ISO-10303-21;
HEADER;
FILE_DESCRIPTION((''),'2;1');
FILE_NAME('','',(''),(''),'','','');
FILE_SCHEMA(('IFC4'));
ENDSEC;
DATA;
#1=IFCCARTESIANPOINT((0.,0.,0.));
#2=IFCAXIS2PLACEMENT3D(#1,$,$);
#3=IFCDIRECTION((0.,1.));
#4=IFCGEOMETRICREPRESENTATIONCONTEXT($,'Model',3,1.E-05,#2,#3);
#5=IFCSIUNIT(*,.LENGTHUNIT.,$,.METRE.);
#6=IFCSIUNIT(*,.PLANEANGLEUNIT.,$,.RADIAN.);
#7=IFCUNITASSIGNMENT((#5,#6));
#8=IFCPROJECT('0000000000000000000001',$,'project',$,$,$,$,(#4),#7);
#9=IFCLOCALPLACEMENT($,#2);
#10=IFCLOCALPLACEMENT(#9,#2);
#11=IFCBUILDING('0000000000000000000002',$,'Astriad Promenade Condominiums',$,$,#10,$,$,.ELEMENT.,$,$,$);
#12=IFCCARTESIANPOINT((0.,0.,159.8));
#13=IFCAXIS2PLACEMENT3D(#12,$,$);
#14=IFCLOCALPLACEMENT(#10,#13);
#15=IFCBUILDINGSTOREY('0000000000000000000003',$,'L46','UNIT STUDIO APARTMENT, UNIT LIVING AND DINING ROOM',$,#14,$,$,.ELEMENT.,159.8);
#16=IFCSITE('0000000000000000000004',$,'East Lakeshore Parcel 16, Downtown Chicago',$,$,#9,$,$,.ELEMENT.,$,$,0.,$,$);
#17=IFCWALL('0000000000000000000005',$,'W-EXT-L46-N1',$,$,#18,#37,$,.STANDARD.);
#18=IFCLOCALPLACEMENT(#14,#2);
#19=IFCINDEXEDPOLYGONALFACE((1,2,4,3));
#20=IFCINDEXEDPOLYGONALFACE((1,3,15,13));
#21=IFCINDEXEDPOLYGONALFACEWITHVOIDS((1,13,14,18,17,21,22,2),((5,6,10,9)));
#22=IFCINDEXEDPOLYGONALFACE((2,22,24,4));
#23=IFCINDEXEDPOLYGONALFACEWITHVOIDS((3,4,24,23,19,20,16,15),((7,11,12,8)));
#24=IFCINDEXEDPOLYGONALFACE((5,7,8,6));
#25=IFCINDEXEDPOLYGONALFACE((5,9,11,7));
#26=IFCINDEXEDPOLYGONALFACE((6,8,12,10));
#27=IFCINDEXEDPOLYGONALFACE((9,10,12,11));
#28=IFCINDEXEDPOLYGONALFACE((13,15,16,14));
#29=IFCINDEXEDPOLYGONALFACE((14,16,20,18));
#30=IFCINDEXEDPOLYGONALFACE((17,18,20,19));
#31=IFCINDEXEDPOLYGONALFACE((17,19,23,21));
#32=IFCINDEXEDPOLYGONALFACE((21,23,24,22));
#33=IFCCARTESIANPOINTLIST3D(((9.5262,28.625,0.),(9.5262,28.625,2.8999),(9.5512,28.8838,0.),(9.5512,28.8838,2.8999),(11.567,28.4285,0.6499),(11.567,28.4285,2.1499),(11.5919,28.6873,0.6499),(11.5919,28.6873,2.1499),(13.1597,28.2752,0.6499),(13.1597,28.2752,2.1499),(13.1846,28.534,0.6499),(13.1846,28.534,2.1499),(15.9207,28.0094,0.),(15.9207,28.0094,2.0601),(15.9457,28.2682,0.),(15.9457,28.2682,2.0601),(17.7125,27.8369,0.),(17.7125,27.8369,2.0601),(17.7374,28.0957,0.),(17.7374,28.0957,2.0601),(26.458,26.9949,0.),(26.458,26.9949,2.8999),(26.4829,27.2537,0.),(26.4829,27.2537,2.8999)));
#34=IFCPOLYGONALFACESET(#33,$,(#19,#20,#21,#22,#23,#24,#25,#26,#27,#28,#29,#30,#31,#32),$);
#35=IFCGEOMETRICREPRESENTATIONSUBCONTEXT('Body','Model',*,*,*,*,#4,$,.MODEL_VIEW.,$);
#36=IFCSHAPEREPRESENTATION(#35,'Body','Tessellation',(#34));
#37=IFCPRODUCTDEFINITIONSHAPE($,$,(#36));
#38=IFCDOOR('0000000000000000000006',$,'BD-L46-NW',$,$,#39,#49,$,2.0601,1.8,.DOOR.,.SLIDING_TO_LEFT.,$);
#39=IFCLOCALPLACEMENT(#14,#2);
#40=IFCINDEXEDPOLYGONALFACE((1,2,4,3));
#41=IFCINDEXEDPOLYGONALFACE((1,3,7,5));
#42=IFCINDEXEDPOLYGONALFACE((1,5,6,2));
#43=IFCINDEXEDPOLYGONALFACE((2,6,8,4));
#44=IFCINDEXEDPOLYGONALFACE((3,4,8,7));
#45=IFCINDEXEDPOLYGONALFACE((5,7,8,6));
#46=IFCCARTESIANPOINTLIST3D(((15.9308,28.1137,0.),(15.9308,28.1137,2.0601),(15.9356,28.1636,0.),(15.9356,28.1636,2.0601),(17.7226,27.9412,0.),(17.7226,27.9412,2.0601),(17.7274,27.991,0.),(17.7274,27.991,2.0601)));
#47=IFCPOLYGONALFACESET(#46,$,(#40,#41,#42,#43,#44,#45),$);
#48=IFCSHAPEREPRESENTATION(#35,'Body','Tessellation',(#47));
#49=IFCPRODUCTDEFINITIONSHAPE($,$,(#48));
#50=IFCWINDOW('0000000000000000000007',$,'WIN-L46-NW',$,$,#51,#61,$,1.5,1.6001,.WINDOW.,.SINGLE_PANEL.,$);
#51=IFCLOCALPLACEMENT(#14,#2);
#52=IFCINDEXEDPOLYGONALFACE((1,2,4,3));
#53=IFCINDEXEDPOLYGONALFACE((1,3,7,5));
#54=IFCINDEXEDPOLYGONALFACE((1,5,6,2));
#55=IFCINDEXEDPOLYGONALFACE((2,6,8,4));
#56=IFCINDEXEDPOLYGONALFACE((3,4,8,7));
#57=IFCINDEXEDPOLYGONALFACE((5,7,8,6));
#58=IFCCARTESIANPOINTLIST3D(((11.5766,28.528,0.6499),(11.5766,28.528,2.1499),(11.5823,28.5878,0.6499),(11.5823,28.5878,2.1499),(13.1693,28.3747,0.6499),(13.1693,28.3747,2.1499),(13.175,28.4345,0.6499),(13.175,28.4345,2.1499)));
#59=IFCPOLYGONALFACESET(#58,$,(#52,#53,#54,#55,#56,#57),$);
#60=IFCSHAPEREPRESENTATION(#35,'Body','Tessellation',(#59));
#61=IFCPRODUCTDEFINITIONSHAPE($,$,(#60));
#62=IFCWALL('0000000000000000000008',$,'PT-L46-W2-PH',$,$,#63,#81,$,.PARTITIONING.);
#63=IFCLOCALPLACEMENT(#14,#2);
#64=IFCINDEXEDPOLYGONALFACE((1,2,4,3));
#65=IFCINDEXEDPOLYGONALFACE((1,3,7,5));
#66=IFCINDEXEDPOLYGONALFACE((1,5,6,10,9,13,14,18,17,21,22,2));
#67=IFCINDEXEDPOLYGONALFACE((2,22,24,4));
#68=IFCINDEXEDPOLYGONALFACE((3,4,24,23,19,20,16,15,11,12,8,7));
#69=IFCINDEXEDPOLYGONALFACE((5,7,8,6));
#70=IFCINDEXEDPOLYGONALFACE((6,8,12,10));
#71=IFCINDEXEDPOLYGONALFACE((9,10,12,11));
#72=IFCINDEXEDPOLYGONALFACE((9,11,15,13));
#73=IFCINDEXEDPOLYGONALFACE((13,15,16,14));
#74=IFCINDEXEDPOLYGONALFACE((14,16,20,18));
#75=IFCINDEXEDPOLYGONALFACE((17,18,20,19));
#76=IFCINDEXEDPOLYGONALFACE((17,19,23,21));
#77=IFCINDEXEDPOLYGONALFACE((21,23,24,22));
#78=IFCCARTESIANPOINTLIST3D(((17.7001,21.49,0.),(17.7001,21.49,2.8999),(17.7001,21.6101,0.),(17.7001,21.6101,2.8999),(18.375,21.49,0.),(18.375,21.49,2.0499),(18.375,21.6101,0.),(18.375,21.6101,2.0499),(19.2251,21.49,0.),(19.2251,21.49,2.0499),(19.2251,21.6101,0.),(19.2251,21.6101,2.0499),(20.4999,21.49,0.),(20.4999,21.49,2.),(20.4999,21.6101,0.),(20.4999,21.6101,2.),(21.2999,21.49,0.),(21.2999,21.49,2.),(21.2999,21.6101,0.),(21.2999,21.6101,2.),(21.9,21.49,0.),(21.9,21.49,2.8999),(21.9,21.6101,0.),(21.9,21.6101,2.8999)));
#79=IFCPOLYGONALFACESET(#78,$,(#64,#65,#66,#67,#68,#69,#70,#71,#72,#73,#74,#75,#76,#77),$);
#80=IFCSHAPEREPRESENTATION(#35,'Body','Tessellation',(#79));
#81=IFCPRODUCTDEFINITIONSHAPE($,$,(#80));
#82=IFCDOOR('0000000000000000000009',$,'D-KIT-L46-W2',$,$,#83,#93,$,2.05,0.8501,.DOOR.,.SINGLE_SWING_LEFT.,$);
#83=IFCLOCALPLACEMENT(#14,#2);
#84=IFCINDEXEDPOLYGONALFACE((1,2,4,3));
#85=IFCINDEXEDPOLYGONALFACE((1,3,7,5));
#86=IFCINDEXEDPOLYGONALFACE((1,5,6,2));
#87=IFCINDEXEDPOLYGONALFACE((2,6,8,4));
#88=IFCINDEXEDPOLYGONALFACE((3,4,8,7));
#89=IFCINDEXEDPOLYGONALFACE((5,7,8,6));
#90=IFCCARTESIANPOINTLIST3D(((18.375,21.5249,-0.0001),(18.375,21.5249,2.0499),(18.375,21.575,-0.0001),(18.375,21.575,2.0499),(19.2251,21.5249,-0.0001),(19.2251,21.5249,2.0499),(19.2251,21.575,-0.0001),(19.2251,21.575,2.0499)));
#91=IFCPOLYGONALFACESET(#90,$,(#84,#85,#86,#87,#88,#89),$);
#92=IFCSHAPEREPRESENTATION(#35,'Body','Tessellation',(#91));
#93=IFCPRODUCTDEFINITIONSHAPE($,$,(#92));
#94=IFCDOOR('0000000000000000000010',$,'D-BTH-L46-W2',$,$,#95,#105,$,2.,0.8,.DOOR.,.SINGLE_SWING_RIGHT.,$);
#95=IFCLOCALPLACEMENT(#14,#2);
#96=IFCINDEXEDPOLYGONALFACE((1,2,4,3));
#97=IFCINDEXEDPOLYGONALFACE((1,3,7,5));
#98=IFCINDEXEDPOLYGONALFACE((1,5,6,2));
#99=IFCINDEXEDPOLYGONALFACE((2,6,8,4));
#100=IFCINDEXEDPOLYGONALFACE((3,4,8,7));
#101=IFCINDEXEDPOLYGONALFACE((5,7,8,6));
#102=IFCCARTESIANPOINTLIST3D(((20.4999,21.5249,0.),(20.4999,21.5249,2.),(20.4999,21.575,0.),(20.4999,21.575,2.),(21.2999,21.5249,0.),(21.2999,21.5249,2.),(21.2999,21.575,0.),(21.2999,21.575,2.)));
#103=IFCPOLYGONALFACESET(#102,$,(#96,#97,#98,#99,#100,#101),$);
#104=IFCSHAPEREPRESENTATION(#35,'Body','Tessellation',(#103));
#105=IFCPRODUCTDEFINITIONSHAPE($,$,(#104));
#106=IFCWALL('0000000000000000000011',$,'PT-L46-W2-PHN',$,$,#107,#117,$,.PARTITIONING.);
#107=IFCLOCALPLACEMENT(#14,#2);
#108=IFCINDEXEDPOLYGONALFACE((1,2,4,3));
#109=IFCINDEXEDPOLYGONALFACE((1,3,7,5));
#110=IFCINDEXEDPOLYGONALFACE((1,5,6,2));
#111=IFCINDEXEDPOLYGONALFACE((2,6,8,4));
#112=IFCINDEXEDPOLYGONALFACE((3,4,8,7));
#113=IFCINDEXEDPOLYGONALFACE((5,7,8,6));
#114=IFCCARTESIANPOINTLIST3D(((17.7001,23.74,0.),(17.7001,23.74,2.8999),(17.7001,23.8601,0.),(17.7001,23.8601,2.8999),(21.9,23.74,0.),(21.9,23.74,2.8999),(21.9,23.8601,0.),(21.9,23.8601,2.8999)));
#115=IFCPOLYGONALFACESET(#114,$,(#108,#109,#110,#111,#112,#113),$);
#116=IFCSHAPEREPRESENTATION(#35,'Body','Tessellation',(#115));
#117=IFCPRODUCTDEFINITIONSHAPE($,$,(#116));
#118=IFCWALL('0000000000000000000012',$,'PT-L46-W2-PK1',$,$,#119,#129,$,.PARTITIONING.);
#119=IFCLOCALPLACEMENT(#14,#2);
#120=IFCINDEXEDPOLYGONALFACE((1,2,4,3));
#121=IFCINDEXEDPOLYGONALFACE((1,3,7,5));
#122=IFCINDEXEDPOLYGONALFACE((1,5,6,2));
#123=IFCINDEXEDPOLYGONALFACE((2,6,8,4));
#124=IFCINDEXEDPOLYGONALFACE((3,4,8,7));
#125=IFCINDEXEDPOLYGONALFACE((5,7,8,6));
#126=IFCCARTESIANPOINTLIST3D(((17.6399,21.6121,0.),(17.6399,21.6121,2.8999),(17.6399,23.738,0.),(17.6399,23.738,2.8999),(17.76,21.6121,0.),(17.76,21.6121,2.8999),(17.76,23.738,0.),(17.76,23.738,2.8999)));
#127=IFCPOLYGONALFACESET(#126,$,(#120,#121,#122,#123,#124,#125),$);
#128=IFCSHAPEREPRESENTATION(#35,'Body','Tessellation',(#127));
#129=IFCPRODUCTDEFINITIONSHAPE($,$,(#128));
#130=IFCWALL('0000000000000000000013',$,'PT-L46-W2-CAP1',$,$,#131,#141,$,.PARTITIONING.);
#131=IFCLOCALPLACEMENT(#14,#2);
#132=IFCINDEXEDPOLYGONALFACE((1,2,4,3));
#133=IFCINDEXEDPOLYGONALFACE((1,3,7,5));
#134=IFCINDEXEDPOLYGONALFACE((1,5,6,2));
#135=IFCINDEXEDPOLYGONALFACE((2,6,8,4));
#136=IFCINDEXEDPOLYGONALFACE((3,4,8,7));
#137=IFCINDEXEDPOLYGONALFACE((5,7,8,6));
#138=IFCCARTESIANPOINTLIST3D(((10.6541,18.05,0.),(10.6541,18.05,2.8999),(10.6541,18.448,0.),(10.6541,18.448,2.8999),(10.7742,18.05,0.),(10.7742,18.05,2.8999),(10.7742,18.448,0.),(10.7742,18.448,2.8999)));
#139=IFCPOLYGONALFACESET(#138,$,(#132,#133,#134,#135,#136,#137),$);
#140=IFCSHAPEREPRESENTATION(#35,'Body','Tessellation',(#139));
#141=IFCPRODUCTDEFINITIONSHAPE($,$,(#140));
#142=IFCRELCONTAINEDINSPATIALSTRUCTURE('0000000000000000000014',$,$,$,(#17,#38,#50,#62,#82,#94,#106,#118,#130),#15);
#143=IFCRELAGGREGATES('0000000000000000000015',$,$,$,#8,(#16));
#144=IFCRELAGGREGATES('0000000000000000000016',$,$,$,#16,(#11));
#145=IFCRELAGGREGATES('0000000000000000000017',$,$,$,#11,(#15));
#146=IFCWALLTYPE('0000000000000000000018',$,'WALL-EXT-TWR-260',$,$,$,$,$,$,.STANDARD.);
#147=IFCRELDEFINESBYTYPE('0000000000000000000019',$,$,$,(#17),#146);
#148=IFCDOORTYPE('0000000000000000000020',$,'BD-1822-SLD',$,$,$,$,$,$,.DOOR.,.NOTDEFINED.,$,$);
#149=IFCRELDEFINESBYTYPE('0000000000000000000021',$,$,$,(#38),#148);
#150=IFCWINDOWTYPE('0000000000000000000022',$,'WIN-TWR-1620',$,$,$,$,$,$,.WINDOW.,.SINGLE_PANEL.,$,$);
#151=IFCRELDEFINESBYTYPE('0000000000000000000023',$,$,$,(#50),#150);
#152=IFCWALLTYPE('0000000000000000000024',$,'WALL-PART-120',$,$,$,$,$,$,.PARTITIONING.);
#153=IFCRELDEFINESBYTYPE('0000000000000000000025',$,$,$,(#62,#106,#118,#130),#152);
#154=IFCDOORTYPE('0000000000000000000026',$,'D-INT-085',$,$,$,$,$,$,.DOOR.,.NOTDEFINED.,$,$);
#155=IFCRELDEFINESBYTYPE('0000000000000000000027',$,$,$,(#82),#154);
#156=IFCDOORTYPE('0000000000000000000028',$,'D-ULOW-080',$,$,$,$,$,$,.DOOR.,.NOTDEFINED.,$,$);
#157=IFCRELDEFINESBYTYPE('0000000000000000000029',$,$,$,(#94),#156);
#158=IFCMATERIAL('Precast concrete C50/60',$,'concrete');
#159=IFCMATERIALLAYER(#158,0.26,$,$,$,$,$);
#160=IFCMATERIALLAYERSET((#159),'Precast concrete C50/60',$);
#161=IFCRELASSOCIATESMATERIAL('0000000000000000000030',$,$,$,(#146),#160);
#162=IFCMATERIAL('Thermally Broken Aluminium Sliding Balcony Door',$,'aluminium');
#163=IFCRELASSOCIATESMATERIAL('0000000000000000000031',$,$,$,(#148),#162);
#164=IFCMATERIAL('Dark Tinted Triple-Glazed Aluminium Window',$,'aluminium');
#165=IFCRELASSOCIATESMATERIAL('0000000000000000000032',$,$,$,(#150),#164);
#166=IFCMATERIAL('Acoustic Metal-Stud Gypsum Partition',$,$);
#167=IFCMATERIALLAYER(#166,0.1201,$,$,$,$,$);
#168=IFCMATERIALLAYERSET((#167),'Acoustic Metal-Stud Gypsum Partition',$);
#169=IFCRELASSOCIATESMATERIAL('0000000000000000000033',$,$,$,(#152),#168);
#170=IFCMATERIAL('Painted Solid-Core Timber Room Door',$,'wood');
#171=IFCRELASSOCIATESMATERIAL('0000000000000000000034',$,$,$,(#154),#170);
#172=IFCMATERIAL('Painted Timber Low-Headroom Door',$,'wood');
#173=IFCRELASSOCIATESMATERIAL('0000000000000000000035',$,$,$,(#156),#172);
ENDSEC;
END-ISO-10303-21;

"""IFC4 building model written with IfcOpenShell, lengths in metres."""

from ifc_helpers import new_model, si_unit, direction, frame, frame_2d, origin, place, context, subcontext, project, spatial, rectangle, extrude, source, transform, mapped, material, layer, layer_set, type_object, type_shapes, element, fill, save


model = new_model("IFC4")

# Units and contexts
model_context = context("Model", 3, precision=1e-05, world=origin(), true_north=direction((0.0, 1.0)))
body_context = subcontext(model_context, "Body", "Model", "MODEL_VIEW")
ifc_project = project(units=[si_unit("LENGTHUNIT", "METRE"), si_unit("PLANEANGLEUNIT", "RADIAN")], contexts=[model_context])

# Site, building, storey
site_placement = place(None, origin())
site = spatial("IfcSite", under=ifc_project, at=site_placement, Name="East Lakeshore Parcel 16, Downtown Chicago", CompositionType="ELEMENT", RefElevation=0.0)
building_placement = place(site_placement, origin())
building = spatial("IfcBuilding", under=site, at=building_placement, Name="Astriad Promenade Condominiums", CompositionType="ELEMENT")
storey_placement = place(building_placement, frame((0.0, 0.0, 159.8)))
storey = spatial("IfcBuildingStorey", under=building, at=storey_placement, Name="L46", Description="UNIT STUDIO APARTMENT, UNIT LIVING AND DINING ROOM", CompositionType="ELEMENT", Elevation=159.8)

# Shared definitions
ifc_material_1 = material(Name="Precast concrete C50/60", Category="concrete")
ifc_layer_1 = layer(ifc_material_1, 0.26)
ifc_layer_set_1 = layer_set([ifc_layer_1], Name="Precast concrete C50/60")
wall_type_1 = type_object("IfcWallType", Name="WALL-EXT-TWR-260", PredefinedType="STANDARD", material=ifc_layer_set_1)

# Wall, openings, door, window
wall_1_placement = place(storey_placement, frame((9.5388, 28.7544, 0.0), z_axis=(0.0, 0.0, 1.0), x_axis=(0.995397, -0.095834, 0.0)))
wall_1 = element("IfcWall", 1, at=wall_1_placement, inside=storey, type_object=wall_type_1, Name="W-EXT-L46-N1", PredefinedType="STANDARD", context=body_context, shape_type="SweptSolid", body=[
    extrude(rectangle(XDim=17.01, YDim=0.26, at=frame_2d((8.5049, 0.0))), origin(), (0.0, 0.0, 1.0), 2.8999),
])
opening_1_placement = place(wall_1_placement, frame((6.4241, 0.0, 0.0)))
opening_1 = element("IfcOpeningElement", 2, at=opening_1_placement, cuts=wall_1, PredefinedType="OPENING", context=body_context, shape_type="SweptSolid", body=[
    extrude(rectangle(XDim=1.8, YDim=2.0601, at=frame_2d((0.8999, 1.03))), frame((0.0, 0.1399, 0.0), z_axis=(0.0, -1.0, 0.0), x_axis=(1.0, 0.0, 0.0)), (0.0, 0.0, 1.0), 0.28),
])
opening_2_placement = place(wall_1_placement, frame((2.05, 0.0, 0.6499)))
opening_2 = element("IfcOpeningElement", 3, at=opening_2_placement, cuts=wall_1, PredefinedType="OPENING", context=body_context, shape_type="SweptSolid", body=[
    extrude(rectangle(XDim=1.6001, YDim=1.5, at=frame_2d((0.8, 0.75))), frame((0.0, 0.1399, 0.0), z_axis=(0.0, -1.0, 0.0), x_axis=(1.0, 0.0, 0.0)), (0.0, 0.0, 1.0), 0.28),
])
ifc_material_2 = material(Name="Thermally Broken Aluminium Sliding Balcony Door", Category="aluminium")
door_type_1 = type_object("IfcDoorType", Name="BD-1822-SLD", OperationType="NOTDEFINED", PredefinedType="DOOR", material=ifc_material_2)
shared_shape_1 = source(origin(), body_context, "Body", "SweptSolid", [
    extrude(rectangle(XDim=1.8, YDim=2.0601, at=frame_2d((0.8999, 1.03))), frame((0.0, 0.0249, 0.0), z_axis=(0.0, -1.0, 0.0), x_axis=(1.0, 0.0, 0.0)), (0.0, 0.0, 1.0), 0.05),
])
type_shapes(door_type_1, [shared_shape_1])
door_1_placement = place(opening_1_placement, origin())
door_1 = element("IfcDoor", 4, at=door_1_placement, inside=storey, type_object=door_type_1, Name="BD-L46-NW", OperationType="SLIDING_TO_LEFT", OverallHeight=2.0601, OverallWidth=1.8, PredefinedType="DOOR", context=body_context, shape_type="MappedRepresentation", body=[
    mapped(shared_shape_1, transform((0.0, 0.0, 0.0), scale=1.0)),
])
fill(opening_1, door_1)
ifc_material_3 = material(Name="Dark Tinted Triple-Glazed Aluminium Window", Category="aluminium")
window_type = type_object("IfcWindowType", Name="WIN-TWR-1620", PartitioningType="SINGLE_PANEL", PredefinedType="WINDOW", material=ifc_material_3)
shared_shape_2 = source(origin(), body_context, "Body", "SweptSolid", [
    extrude(rectangle(XDim=1.6001, YDim=1.5, at=frame_2d((0.8, 0.75))), frame((0.0, 0.03, 0.0), z_axis=(0.0, -1.0, 0.0), x_axis=(1.0, 0.0, 0.0)), (0.0, 0.0, 1.0), 0.0601),
])
type_shapes(window_type, [shared_shape_2])
window_placement = place(opening_2_placement, origin())
window = element("IfcWindow", 5, at=window_placement, inside=storey, type_object=window_type, Name="WIN-L46-NW", OverallHeight=1.5, OverallWidth=1.6001, PartitioningType="SINGLE_PANEL", PredefinedType="WINDOW", context=body_context, shape_type="MappedRepresentation", body=[
    mapped(shared_shape_2, transform((0.0, 0.0, 0.0), scale=1.0)),
])
fill(opening_2, window)

# Wall, openings, doors
ifc_material_4 = material(Name="Acoustic Metal-Stud Gypsum Partition")
ifc_layer_2 = layer(ifc_material_4, 0.1201)
ifc_layer_set_2 = layer_set([ifc_layer_2], Name="Acoustic Metal-Stud Gypsum Partition")
wall_type_2 = type_object("IfcWallType", Name="WALL-PART-120", PredefinedType="PARTITIONING", material=ifc_layer_set_2)
wall_2_placement = place(storey_placement, frame((17.7, 21.55, 0.0), z_axis=(0.0, 0.0, 1.0), x_axis=(1.0, 0.0, 0.0)))
wall_2 = element("IfcWall", 6, at=wall_2_placement, inside=storey, type_object=wall_type_2, Name="PT-L46-W2-PH", PredefinedType="PARTITIONING", context=body_context, shape_type="SweptSolid", body=[
    extrude(rectangle(XDim=4.2, YDim=0.1201, at=frame_2d((2.1001, 0.0))), origin(), (0.0, 0.0, 1.0), 2.8999),
])
opening_3_placement = place(wall_2_placement, frame((0.675, 0.0, 0.0)))
opening_3 = element("IfcOpeningElement", 7, at=opening_3_placement, cuts=wall_2, PredefinedType="OPENING", context=body_context, shape_type="SweptSolid", body=[
    extrude(rectangle(XDim=0.8501, YDim=2.05, at=frame_2d((0.425, 1.0249))), frame((0.0, 0.0701, 0.0), z_axis=(0.0, -1.0, 0.0), x_axis=(1.0, 0.0, 0.0)), (0.0, 0.0, 1.0), 0.1401),
])
opening_4_placement = place(wall_2_placement, frame((2.8, 0.0, 0.0)))
opening_4 = element("IfcOpeningElement", 8, at=opening_4_placement, cuts=wall_2, PredefinedType="OPENING", context=body_context, shape_type="SweptSolid", body=[
    extrude(rectangle(XDim=0.8, YDim=2.0, at=frame_2d((0.3999, 1.0))), frame((0.0, 0.0701, 0.0), z_axis=(0.0, -1.0, 0.0), x_axis=(1.0, 0.0, 0.0)), (0.0, 0.0, 1.0), 0.1401),
])
ifc_material_5 = material(Name="Painted Solid-Core Timber Room Door", Category="wood")
door_type_2 = type_object("IfcDoorType", Name="D-INT-085", OperationType="NOTDEFINED", PredefinedType="DOOR", material=ifc_material_5)
shared_shape_3 = source(origin(), body_context, "Body", "SweptSolid", [
    extrude(rectangle(XDim=0.8501, YDim=2.05, at=frame_2d((0.425, 1.0249))), frame((0.0, 0.0249, 0.0), z_axis=(0.0, -1.0, 0.0), x_axis=(1.0, 0.0, 0.0)), (0.0, 0.0, 1.0), 0.05),
])
type_shapes(door_type_2, [shared_shape_3])
door_2_placement = place(opening_3_placement, origin())
door_2 = element("IfcDoor", 9, at=door_2_placement, inside=storey, type_object=door_type_2, Name="D-KIT-L46-W2", OperationType="SINGLE_SWING_LEFT", OverallHeight=2.05, OverallWidth=0.8501, PredefinedType="DOOR", context=body_context, shape_type="MappedRepresentation", body=[
    mapped(shared_shape_3, transform((0.0, 0.0, 0.0), scale=1.0)),
])
fill(opening_3, door_2)
ifc_material_6 = material(Name="Painted Timber Low-Headroom Door", Category="wood")
door_type_3 = type_object("IfcDoorType", Name="D-ULOW-080", OperationType="NOTDEFINED", PredefinedType="DOOR", material=ifc_material_6)
shared_shape_4 = source(origin(), body_context, "Body", "SweptSolid", [
    extrude(rectangle(XDim=0.8, YDim=2.0, at=frame_2d((0.3999, 1.0))), frame((0.0, 0.0249, 0.0), z_axis=(0.0, -1.0, 0.0), x_axis=(1.0, 0.0, 0.0)), (0.0, 0.0, 1.0), 0.05),
])
type_shapes(door_type_3, [shared_shape_4])
door_3_placement = place(opening_4_placement, origin())
door_3 = element("IfcDoor", 10, at=door_3_placement, inside=storey, type_object=door_type_3, Name="D-BTH-L46-W2", OperationType="SINGLE_SWING_RIGHT", OverallHeight=2.0, OverallWidth=0.8, PredefinedType="DOOR", context=body_context, shape_type="MappedRepresentation", body=[
    mapped(shared_shape_4, transform((0.0, 0.0, 0.0), scale=1.0)),
])
fill(opening_4, door_3)

# Walls
wall_3_placement = place(storey_placement, frame((17.7, 23.8, 0.0), z_axis=(0.0, 0.0, 1.0), x_axis=(1.0, 0.0, 0.0)))
element("IfcWall", 11, at=wall_3_placement, inside=storey, type_object=wall_type_2, Name="PT-L46-W2-PHN", PredefinedType="PARTITIONING", context=body_context, shape_type="SweptSolid", body=[
    extrude(rectangle(XDim=4.2, YDim=0.1201, at=frame_2d((2.1001, 0.0))), origin(), (0.0, 0.0, 1.0), 2.8999),
])
wall_4_placement = place(storey_placement, frame((17.7, 21.6121, 0.0), z_axis=(0.0, 0.0, 1.0), x_axis=(0.0, 1.0, 0.0)))
element("IfcWall", 12, at=wall_4_placement, inside=storey, type_object=wall_type_2, Name="PT-L46-W2-PK1", PredefinedType="PARTITIONING", context=body_context, shape_type="SweptSolid", body=[
    extrude(rectangle(XDim=2.126, YDim=0.1201, at=frame_2d((1.063, 0.0))), origin(), (0.0, 0.0, 1.0), 2.8999),
])
wall_5_placement = place(storey_placement, frame((10.7141, 18.05, 0.0), z_axis=(0.0, 0.0, 1.0), x_axis=(0.0, 1.0, 0.0)))
element("IfcWall", 13, at=wall_5_placement, inside=storey, type_object=wall_type_2, Name="PT-L46-W2-CAP1", PredefinedType="PARTITIONING", context=body_context, shape_type="SweptSolid", body=[
    extrude(rectangle(XDim=0.3979, YDim=0.1201, at=frame_2d((0.199, 0.0))), origin(), (0.0, 0.0, 1.0), 2.8999),
])

save(model, "model.ifc")
